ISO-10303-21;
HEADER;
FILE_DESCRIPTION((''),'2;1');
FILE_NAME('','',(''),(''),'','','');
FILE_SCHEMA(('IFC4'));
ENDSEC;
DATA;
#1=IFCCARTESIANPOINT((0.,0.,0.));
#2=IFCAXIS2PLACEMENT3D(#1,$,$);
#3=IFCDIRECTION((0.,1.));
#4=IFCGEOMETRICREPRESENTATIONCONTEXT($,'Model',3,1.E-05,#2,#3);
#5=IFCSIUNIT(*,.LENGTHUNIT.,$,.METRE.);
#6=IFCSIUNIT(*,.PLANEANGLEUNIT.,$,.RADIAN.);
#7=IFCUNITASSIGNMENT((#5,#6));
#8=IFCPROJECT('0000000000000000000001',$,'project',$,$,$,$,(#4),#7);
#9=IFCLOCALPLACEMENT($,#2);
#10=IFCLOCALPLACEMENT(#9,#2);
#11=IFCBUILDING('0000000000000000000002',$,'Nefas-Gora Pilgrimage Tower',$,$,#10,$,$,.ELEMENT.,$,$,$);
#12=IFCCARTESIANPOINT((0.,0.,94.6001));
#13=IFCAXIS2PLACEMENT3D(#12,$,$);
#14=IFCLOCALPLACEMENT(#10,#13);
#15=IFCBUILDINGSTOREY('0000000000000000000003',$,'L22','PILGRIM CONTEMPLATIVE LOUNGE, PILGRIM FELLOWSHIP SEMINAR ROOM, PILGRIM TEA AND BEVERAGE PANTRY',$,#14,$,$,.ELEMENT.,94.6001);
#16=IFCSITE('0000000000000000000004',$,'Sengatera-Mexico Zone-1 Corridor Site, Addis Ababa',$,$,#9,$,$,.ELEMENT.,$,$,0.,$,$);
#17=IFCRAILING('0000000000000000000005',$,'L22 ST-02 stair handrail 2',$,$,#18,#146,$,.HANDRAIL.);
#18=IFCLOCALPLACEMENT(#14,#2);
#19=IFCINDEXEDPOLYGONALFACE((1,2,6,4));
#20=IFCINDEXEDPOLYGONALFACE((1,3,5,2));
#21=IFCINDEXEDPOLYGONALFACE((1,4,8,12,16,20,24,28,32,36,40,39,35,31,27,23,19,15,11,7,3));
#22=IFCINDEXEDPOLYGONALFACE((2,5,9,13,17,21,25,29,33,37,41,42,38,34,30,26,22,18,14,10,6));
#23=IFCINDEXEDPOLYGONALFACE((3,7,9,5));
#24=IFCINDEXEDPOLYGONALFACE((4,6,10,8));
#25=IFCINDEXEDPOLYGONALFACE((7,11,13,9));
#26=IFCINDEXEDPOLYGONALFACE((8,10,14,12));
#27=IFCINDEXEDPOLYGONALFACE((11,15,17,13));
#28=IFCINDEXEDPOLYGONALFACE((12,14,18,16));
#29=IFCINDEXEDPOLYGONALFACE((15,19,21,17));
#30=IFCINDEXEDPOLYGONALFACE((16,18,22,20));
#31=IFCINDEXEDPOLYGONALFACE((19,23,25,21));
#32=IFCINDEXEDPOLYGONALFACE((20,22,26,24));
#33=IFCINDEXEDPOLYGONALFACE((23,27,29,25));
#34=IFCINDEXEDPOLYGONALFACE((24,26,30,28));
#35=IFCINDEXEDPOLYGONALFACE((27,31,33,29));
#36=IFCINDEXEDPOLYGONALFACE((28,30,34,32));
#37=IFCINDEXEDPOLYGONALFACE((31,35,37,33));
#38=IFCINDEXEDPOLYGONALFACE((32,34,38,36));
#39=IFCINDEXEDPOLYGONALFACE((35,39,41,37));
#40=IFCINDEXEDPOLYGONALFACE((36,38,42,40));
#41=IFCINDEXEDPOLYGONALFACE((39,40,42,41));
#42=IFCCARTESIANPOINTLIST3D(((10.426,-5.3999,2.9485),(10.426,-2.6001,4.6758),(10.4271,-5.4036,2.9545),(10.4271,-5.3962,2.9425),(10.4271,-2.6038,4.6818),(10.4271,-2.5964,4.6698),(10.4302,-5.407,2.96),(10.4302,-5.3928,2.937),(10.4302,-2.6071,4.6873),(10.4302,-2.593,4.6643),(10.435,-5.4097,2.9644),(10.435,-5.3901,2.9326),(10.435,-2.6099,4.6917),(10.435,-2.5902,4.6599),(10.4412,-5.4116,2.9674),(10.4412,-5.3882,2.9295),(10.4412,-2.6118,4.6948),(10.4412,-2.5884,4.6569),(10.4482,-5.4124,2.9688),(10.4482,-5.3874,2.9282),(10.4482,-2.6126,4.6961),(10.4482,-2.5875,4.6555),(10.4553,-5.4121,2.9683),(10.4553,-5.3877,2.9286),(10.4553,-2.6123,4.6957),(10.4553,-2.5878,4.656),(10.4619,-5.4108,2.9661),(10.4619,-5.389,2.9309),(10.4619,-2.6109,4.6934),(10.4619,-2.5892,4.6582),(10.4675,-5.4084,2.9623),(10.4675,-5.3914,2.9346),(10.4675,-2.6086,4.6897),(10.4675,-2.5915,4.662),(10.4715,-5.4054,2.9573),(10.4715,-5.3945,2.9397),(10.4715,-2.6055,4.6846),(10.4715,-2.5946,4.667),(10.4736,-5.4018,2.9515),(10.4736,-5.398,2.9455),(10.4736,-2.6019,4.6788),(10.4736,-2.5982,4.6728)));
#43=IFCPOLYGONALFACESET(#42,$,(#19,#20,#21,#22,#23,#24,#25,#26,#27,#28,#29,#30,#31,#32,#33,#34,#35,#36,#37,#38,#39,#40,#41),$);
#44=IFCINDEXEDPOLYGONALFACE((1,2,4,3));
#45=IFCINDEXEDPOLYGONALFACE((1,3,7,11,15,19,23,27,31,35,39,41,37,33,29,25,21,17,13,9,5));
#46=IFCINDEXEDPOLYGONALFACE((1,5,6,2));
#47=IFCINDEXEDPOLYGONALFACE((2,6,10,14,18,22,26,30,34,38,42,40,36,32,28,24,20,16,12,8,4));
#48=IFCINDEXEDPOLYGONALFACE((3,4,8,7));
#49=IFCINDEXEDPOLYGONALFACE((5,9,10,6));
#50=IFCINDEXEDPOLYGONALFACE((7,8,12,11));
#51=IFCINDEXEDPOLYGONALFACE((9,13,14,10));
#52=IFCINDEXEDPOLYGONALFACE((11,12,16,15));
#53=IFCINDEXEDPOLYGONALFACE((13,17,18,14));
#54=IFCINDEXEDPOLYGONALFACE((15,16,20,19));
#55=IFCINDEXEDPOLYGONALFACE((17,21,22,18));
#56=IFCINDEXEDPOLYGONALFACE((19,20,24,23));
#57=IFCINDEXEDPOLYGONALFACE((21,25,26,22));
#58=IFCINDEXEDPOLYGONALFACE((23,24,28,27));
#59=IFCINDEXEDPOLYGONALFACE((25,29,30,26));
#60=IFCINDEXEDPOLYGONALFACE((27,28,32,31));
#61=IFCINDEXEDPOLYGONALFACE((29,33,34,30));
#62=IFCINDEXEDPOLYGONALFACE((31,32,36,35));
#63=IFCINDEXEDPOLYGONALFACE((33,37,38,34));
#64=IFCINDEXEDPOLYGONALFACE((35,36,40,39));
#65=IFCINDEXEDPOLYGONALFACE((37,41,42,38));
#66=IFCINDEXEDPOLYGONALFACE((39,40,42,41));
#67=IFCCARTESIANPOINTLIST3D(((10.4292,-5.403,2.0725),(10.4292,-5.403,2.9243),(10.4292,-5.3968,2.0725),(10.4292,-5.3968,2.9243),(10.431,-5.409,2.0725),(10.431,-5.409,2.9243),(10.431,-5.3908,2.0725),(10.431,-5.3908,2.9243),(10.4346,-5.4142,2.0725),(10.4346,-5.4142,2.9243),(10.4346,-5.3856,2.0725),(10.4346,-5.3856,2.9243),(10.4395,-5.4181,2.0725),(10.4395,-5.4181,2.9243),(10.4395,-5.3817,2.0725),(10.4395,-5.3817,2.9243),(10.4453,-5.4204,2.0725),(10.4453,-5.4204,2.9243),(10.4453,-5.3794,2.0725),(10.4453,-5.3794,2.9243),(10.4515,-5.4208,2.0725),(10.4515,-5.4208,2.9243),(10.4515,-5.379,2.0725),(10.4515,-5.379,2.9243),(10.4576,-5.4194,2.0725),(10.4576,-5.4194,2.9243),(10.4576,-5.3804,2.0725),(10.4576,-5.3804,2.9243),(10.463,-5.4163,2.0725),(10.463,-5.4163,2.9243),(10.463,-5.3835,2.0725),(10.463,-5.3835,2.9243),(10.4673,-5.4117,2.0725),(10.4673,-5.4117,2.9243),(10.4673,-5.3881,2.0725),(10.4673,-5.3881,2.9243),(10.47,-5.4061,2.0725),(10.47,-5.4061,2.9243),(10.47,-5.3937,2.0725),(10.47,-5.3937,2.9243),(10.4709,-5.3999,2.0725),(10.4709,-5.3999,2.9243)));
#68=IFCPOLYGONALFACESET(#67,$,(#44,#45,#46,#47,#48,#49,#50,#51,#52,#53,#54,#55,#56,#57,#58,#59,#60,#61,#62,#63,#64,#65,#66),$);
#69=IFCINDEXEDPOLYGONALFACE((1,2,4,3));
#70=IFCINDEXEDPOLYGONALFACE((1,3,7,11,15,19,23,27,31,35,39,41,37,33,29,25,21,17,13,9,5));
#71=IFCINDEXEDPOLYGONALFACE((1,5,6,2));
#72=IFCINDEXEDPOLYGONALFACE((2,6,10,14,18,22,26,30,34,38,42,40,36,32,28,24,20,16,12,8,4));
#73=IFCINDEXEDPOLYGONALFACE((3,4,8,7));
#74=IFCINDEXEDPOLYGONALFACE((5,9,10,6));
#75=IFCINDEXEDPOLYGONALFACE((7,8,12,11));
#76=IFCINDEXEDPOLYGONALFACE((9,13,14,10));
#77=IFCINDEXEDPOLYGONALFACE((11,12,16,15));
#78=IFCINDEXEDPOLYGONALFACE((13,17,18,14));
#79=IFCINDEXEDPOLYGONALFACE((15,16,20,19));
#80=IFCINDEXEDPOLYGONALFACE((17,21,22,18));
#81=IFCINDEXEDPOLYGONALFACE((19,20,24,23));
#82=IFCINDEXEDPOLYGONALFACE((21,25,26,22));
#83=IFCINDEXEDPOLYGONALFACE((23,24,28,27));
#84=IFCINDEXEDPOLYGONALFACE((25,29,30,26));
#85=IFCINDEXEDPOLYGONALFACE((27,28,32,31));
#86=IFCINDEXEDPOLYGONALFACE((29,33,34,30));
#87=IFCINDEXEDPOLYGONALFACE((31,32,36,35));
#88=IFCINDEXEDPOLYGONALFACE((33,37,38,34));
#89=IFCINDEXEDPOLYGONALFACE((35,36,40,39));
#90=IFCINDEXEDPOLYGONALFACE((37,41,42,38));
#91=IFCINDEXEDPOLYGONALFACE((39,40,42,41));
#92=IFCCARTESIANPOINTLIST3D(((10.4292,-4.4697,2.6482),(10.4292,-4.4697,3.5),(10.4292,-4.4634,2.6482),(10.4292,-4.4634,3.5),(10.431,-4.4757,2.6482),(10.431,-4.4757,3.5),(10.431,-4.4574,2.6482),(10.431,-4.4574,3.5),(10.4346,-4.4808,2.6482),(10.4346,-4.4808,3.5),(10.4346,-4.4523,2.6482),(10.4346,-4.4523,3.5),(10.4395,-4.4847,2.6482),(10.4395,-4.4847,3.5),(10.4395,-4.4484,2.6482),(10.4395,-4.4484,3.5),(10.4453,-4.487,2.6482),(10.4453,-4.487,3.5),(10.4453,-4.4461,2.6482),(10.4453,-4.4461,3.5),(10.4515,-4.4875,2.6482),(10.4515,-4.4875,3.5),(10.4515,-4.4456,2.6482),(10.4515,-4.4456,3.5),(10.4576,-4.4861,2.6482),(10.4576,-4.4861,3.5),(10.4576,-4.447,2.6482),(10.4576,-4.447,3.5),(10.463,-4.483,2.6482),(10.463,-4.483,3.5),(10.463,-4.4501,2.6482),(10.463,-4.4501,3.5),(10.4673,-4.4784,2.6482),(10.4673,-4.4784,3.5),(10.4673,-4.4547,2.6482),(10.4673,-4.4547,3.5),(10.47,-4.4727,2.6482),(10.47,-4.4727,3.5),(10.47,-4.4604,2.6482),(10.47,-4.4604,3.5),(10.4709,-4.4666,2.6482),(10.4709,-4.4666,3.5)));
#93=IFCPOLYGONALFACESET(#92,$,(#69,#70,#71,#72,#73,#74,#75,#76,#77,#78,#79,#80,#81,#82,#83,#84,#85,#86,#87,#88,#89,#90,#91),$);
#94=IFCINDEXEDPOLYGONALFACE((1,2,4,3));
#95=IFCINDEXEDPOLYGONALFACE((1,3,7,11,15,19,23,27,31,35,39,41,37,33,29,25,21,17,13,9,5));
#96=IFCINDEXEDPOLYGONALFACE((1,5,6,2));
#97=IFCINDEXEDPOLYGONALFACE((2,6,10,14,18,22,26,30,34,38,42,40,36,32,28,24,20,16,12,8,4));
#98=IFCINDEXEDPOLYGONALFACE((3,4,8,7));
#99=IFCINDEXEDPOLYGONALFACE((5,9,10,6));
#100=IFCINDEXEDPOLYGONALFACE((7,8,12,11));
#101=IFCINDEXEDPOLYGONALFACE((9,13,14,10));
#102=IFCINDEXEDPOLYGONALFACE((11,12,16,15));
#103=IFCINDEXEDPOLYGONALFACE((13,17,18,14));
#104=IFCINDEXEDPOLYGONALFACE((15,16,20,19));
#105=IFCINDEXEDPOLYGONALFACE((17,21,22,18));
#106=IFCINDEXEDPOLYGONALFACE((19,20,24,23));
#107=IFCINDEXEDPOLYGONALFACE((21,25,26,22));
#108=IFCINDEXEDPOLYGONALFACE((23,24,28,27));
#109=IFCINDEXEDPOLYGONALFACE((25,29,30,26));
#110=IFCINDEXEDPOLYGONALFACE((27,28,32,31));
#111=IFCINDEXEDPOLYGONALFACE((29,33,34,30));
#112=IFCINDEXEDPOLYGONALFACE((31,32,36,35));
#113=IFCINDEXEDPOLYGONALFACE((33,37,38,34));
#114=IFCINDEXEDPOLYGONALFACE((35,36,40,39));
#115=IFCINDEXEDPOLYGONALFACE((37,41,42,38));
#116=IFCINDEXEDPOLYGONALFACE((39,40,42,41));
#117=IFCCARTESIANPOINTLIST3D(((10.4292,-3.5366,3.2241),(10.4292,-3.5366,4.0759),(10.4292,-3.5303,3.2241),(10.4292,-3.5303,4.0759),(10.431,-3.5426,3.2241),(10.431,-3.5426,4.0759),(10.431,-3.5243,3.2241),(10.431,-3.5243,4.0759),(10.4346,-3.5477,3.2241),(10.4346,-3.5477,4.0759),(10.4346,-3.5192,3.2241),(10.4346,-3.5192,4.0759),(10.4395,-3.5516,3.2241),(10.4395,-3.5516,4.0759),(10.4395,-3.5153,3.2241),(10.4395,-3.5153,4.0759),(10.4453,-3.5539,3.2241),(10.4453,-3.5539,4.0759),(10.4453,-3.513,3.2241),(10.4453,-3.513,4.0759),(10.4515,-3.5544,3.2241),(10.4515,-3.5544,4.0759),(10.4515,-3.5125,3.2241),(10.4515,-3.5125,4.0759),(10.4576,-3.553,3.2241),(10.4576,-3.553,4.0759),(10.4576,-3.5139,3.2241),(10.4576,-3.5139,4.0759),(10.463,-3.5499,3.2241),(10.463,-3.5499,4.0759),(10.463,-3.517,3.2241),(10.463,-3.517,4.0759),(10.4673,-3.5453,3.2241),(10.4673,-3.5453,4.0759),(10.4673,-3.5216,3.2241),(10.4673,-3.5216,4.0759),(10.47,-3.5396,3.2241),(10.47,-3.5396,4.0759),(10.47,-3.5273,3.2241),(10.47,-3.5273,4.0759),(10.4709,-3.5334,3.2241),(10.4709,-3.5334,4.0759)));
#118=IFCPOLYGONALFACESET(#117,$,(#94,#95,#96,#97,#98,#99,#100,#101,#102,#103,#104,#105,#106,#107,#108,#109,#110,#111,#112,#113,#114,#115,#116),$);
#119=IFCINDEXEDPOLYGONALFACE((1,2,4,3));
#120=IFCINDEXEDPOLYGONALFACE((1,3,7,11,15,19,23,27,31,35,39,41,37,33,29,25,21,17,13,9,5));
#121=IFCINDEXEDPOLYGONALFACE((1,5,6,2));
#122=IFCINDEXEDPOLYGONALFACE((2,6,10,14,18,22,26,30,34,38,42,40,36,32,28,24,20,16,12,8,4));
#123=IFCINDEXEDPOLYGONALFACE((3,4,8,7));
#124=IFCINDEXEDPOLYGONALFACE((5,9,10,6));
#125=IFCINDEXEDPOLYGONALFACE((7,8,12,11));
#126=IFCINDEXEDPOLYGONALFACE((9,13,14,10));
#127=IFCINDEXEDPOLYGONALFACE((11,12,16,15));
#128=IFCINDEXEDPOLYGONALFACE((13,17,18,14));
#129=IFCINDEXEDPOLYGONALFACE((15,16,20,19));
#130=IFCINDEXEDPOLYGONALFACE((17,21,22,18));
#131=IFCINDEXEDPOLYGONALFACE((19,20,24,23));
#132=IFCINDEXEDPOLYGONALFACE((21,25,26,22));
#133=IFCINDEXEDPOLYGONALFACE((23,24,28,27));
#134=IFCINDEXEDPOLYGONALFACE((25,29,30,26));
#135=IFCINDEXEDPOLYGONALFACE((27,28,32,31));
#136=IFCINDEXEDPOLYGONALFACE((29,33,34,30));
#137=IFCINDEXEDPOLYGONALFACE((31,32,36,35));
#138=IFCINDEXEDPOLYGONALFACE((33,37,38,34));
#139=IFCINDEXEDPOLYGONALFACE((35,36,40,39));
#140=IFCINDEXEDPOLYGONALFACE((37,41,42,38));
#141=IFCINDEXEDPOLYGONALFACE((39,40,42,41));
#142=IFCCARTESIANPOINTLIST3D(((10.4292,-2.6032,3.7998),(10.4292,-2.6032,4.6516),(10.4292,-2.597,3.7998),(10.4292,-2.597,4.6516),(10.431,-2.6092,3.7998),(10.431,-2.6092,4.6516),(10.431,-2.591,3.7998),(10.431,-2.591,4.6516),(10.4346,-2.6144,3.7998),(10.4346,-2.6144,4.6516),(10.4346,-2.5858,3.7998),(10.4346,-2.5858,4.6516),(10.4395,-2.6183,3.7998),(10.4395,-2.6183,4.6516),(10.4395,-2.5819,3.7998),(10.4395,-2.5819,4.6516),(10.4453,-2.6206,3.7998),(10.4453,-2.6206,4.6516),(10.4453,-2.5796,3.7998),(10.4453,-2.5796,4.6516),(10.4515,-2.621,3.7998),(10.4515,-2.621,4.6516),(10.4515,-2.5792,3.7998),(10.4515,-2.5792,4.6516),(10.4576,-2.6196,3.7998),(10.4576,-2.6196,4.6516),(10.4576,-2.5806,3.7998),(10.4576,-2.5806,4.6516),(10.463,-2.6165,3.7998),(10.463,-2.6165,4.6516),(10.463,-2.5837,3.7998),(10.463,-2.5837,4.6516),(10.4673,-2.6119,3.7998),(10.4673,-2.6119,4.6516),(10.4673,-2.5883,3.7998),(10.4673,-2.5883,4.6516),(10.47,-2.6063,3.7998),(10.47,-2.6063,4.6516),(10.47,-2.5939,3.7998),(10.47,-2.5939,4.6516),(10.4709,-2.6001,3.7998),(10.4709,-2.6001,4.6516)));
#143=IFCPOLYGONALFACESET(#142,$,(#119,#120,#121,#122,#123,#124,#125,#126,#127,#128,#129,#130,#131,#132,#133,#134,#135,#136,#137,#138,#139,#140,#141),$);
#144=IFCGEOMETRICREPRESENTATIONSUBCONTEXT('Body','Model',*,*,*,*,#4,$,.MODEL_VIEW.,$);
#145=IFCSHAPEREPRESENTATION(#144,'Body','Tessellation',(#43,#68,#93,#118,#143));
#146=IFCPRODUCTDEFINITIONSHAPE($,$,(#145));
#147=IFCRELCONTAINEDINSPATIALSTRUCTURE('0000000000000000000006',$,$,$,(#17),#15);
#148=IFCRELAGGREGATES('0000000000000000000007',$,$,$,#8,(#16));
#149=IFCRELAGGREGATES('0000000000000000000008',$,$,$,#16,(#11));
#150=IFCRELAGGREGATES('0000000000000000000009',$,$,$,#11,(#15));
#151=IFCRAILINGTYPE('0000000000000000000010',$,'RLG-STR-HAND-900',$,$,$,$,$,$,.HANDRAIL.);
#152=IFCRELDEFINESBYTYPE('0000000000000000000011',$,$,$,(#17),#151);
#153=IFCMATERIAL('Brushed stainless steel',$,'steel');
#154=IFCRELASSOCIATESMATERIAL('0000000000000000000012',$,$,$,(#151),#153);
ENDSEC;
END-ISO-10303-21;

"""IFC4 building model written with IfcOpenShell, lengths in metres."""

from ifc_helpers import new_model, si_unit, direction, frame, origin, origin_2d, place, context, subcontext, project, spatial, circle, extrude, material, type_object, element, save


model = new_model("IFC4")

# Units and contexts
model_context = context("Model", 3, precision=1e-05, world=origin(), true_north=direction((0.0, 1.0)))
body_context = subcontext(model_context, "Body", "Model", "MODEL_VIEW")
ifc_project = project(units=[si_unit("LENGTHUNIT", "METRE"), si_unit("PLANEANGLEUNIT", "RADIAN")], contexts=[model_context])

# Site, building, storey
site_placement = place(None, origin())
site = spatial("IfcSite", under=ifc_project, at=site_placement, Name="Sengatera-Mexico Zone-1 Corridor Site, Addis Ababa", CompositionType="ELEMENT", RefElevation=0.0)
building_placement = place(site_placement, origin())
building = spatial("IfcBuilding", under=site, at=building_placement, Name="Nefas-Gora Pilgrimage Tower", CompositionType="ELEMENT")
storey_placement = place(building_placement, frame((0.0, 0.0, 94.6001)))
storey = spatial("IfcBuildingStorey", under=building, at=storey_placement, Name="L22", Description="PILGRIM CONTEMPLATIVE LOUNGE, PILGRIM FELLOWSHIP SEMINAR ROOM, PILGRIM TEA AND BEVERAGE PANTRY", CompositionType="ELEMENT", Elevation=94.6001)

# Railing
ifc_material_1 = material(Name="Brushed stainless steel", Category="steel")
railing_type_1 = type_object("IfcRailingType", Name="RLG-STR-HAND-900", PredefinedType="HANDRAIL", material=ifc_material_1)
railing_1_placement = place(storey_placement, frame((10.45, -5.3999, 2.0725)))
element("IfcRailing", 1, at=railing_1_placement, inside=storey, type_object=railing_type_1, Name="L22 ST-02 stair handrail 2", PredefinedType="HANDRAIL", context=body_context, shape_type="SweptSolid", body=[
    extrude(circle(Radius=0.0239, at=origin_2d()), frame((0.0, 0.0, 0.876), z_axis=(0.0, 0.851069, 0.525054), x_axis=(-1.0, 0.0, 0.0)), (0.0, 0.0, 1.0), 3.2898),
    extrude(circle(Radius=0.021, at=origin_2d()), origin(), (0.0, 0.0, 1.0), 0.8518),
    extrude(circle(Radius=0.021, at=origin_2d()), frame((0.0, 0.9333, 0.5757)), (0.0, 0.0, 1.0), 0.8518),
    extrude(circle(Radius=0.021, at=origin_2d()), frame((0.0, 1.8665, 1.1516)), (0.0, 0.0, 1.0), 0.8518),
    extrude(circle(Radius=0.021, at=origin_2d()), frame((0.0, 2.7998, 1.7273)), (0.0, 0.0, 1.0), 0.8518),
])

save(model, "model.ifc")
